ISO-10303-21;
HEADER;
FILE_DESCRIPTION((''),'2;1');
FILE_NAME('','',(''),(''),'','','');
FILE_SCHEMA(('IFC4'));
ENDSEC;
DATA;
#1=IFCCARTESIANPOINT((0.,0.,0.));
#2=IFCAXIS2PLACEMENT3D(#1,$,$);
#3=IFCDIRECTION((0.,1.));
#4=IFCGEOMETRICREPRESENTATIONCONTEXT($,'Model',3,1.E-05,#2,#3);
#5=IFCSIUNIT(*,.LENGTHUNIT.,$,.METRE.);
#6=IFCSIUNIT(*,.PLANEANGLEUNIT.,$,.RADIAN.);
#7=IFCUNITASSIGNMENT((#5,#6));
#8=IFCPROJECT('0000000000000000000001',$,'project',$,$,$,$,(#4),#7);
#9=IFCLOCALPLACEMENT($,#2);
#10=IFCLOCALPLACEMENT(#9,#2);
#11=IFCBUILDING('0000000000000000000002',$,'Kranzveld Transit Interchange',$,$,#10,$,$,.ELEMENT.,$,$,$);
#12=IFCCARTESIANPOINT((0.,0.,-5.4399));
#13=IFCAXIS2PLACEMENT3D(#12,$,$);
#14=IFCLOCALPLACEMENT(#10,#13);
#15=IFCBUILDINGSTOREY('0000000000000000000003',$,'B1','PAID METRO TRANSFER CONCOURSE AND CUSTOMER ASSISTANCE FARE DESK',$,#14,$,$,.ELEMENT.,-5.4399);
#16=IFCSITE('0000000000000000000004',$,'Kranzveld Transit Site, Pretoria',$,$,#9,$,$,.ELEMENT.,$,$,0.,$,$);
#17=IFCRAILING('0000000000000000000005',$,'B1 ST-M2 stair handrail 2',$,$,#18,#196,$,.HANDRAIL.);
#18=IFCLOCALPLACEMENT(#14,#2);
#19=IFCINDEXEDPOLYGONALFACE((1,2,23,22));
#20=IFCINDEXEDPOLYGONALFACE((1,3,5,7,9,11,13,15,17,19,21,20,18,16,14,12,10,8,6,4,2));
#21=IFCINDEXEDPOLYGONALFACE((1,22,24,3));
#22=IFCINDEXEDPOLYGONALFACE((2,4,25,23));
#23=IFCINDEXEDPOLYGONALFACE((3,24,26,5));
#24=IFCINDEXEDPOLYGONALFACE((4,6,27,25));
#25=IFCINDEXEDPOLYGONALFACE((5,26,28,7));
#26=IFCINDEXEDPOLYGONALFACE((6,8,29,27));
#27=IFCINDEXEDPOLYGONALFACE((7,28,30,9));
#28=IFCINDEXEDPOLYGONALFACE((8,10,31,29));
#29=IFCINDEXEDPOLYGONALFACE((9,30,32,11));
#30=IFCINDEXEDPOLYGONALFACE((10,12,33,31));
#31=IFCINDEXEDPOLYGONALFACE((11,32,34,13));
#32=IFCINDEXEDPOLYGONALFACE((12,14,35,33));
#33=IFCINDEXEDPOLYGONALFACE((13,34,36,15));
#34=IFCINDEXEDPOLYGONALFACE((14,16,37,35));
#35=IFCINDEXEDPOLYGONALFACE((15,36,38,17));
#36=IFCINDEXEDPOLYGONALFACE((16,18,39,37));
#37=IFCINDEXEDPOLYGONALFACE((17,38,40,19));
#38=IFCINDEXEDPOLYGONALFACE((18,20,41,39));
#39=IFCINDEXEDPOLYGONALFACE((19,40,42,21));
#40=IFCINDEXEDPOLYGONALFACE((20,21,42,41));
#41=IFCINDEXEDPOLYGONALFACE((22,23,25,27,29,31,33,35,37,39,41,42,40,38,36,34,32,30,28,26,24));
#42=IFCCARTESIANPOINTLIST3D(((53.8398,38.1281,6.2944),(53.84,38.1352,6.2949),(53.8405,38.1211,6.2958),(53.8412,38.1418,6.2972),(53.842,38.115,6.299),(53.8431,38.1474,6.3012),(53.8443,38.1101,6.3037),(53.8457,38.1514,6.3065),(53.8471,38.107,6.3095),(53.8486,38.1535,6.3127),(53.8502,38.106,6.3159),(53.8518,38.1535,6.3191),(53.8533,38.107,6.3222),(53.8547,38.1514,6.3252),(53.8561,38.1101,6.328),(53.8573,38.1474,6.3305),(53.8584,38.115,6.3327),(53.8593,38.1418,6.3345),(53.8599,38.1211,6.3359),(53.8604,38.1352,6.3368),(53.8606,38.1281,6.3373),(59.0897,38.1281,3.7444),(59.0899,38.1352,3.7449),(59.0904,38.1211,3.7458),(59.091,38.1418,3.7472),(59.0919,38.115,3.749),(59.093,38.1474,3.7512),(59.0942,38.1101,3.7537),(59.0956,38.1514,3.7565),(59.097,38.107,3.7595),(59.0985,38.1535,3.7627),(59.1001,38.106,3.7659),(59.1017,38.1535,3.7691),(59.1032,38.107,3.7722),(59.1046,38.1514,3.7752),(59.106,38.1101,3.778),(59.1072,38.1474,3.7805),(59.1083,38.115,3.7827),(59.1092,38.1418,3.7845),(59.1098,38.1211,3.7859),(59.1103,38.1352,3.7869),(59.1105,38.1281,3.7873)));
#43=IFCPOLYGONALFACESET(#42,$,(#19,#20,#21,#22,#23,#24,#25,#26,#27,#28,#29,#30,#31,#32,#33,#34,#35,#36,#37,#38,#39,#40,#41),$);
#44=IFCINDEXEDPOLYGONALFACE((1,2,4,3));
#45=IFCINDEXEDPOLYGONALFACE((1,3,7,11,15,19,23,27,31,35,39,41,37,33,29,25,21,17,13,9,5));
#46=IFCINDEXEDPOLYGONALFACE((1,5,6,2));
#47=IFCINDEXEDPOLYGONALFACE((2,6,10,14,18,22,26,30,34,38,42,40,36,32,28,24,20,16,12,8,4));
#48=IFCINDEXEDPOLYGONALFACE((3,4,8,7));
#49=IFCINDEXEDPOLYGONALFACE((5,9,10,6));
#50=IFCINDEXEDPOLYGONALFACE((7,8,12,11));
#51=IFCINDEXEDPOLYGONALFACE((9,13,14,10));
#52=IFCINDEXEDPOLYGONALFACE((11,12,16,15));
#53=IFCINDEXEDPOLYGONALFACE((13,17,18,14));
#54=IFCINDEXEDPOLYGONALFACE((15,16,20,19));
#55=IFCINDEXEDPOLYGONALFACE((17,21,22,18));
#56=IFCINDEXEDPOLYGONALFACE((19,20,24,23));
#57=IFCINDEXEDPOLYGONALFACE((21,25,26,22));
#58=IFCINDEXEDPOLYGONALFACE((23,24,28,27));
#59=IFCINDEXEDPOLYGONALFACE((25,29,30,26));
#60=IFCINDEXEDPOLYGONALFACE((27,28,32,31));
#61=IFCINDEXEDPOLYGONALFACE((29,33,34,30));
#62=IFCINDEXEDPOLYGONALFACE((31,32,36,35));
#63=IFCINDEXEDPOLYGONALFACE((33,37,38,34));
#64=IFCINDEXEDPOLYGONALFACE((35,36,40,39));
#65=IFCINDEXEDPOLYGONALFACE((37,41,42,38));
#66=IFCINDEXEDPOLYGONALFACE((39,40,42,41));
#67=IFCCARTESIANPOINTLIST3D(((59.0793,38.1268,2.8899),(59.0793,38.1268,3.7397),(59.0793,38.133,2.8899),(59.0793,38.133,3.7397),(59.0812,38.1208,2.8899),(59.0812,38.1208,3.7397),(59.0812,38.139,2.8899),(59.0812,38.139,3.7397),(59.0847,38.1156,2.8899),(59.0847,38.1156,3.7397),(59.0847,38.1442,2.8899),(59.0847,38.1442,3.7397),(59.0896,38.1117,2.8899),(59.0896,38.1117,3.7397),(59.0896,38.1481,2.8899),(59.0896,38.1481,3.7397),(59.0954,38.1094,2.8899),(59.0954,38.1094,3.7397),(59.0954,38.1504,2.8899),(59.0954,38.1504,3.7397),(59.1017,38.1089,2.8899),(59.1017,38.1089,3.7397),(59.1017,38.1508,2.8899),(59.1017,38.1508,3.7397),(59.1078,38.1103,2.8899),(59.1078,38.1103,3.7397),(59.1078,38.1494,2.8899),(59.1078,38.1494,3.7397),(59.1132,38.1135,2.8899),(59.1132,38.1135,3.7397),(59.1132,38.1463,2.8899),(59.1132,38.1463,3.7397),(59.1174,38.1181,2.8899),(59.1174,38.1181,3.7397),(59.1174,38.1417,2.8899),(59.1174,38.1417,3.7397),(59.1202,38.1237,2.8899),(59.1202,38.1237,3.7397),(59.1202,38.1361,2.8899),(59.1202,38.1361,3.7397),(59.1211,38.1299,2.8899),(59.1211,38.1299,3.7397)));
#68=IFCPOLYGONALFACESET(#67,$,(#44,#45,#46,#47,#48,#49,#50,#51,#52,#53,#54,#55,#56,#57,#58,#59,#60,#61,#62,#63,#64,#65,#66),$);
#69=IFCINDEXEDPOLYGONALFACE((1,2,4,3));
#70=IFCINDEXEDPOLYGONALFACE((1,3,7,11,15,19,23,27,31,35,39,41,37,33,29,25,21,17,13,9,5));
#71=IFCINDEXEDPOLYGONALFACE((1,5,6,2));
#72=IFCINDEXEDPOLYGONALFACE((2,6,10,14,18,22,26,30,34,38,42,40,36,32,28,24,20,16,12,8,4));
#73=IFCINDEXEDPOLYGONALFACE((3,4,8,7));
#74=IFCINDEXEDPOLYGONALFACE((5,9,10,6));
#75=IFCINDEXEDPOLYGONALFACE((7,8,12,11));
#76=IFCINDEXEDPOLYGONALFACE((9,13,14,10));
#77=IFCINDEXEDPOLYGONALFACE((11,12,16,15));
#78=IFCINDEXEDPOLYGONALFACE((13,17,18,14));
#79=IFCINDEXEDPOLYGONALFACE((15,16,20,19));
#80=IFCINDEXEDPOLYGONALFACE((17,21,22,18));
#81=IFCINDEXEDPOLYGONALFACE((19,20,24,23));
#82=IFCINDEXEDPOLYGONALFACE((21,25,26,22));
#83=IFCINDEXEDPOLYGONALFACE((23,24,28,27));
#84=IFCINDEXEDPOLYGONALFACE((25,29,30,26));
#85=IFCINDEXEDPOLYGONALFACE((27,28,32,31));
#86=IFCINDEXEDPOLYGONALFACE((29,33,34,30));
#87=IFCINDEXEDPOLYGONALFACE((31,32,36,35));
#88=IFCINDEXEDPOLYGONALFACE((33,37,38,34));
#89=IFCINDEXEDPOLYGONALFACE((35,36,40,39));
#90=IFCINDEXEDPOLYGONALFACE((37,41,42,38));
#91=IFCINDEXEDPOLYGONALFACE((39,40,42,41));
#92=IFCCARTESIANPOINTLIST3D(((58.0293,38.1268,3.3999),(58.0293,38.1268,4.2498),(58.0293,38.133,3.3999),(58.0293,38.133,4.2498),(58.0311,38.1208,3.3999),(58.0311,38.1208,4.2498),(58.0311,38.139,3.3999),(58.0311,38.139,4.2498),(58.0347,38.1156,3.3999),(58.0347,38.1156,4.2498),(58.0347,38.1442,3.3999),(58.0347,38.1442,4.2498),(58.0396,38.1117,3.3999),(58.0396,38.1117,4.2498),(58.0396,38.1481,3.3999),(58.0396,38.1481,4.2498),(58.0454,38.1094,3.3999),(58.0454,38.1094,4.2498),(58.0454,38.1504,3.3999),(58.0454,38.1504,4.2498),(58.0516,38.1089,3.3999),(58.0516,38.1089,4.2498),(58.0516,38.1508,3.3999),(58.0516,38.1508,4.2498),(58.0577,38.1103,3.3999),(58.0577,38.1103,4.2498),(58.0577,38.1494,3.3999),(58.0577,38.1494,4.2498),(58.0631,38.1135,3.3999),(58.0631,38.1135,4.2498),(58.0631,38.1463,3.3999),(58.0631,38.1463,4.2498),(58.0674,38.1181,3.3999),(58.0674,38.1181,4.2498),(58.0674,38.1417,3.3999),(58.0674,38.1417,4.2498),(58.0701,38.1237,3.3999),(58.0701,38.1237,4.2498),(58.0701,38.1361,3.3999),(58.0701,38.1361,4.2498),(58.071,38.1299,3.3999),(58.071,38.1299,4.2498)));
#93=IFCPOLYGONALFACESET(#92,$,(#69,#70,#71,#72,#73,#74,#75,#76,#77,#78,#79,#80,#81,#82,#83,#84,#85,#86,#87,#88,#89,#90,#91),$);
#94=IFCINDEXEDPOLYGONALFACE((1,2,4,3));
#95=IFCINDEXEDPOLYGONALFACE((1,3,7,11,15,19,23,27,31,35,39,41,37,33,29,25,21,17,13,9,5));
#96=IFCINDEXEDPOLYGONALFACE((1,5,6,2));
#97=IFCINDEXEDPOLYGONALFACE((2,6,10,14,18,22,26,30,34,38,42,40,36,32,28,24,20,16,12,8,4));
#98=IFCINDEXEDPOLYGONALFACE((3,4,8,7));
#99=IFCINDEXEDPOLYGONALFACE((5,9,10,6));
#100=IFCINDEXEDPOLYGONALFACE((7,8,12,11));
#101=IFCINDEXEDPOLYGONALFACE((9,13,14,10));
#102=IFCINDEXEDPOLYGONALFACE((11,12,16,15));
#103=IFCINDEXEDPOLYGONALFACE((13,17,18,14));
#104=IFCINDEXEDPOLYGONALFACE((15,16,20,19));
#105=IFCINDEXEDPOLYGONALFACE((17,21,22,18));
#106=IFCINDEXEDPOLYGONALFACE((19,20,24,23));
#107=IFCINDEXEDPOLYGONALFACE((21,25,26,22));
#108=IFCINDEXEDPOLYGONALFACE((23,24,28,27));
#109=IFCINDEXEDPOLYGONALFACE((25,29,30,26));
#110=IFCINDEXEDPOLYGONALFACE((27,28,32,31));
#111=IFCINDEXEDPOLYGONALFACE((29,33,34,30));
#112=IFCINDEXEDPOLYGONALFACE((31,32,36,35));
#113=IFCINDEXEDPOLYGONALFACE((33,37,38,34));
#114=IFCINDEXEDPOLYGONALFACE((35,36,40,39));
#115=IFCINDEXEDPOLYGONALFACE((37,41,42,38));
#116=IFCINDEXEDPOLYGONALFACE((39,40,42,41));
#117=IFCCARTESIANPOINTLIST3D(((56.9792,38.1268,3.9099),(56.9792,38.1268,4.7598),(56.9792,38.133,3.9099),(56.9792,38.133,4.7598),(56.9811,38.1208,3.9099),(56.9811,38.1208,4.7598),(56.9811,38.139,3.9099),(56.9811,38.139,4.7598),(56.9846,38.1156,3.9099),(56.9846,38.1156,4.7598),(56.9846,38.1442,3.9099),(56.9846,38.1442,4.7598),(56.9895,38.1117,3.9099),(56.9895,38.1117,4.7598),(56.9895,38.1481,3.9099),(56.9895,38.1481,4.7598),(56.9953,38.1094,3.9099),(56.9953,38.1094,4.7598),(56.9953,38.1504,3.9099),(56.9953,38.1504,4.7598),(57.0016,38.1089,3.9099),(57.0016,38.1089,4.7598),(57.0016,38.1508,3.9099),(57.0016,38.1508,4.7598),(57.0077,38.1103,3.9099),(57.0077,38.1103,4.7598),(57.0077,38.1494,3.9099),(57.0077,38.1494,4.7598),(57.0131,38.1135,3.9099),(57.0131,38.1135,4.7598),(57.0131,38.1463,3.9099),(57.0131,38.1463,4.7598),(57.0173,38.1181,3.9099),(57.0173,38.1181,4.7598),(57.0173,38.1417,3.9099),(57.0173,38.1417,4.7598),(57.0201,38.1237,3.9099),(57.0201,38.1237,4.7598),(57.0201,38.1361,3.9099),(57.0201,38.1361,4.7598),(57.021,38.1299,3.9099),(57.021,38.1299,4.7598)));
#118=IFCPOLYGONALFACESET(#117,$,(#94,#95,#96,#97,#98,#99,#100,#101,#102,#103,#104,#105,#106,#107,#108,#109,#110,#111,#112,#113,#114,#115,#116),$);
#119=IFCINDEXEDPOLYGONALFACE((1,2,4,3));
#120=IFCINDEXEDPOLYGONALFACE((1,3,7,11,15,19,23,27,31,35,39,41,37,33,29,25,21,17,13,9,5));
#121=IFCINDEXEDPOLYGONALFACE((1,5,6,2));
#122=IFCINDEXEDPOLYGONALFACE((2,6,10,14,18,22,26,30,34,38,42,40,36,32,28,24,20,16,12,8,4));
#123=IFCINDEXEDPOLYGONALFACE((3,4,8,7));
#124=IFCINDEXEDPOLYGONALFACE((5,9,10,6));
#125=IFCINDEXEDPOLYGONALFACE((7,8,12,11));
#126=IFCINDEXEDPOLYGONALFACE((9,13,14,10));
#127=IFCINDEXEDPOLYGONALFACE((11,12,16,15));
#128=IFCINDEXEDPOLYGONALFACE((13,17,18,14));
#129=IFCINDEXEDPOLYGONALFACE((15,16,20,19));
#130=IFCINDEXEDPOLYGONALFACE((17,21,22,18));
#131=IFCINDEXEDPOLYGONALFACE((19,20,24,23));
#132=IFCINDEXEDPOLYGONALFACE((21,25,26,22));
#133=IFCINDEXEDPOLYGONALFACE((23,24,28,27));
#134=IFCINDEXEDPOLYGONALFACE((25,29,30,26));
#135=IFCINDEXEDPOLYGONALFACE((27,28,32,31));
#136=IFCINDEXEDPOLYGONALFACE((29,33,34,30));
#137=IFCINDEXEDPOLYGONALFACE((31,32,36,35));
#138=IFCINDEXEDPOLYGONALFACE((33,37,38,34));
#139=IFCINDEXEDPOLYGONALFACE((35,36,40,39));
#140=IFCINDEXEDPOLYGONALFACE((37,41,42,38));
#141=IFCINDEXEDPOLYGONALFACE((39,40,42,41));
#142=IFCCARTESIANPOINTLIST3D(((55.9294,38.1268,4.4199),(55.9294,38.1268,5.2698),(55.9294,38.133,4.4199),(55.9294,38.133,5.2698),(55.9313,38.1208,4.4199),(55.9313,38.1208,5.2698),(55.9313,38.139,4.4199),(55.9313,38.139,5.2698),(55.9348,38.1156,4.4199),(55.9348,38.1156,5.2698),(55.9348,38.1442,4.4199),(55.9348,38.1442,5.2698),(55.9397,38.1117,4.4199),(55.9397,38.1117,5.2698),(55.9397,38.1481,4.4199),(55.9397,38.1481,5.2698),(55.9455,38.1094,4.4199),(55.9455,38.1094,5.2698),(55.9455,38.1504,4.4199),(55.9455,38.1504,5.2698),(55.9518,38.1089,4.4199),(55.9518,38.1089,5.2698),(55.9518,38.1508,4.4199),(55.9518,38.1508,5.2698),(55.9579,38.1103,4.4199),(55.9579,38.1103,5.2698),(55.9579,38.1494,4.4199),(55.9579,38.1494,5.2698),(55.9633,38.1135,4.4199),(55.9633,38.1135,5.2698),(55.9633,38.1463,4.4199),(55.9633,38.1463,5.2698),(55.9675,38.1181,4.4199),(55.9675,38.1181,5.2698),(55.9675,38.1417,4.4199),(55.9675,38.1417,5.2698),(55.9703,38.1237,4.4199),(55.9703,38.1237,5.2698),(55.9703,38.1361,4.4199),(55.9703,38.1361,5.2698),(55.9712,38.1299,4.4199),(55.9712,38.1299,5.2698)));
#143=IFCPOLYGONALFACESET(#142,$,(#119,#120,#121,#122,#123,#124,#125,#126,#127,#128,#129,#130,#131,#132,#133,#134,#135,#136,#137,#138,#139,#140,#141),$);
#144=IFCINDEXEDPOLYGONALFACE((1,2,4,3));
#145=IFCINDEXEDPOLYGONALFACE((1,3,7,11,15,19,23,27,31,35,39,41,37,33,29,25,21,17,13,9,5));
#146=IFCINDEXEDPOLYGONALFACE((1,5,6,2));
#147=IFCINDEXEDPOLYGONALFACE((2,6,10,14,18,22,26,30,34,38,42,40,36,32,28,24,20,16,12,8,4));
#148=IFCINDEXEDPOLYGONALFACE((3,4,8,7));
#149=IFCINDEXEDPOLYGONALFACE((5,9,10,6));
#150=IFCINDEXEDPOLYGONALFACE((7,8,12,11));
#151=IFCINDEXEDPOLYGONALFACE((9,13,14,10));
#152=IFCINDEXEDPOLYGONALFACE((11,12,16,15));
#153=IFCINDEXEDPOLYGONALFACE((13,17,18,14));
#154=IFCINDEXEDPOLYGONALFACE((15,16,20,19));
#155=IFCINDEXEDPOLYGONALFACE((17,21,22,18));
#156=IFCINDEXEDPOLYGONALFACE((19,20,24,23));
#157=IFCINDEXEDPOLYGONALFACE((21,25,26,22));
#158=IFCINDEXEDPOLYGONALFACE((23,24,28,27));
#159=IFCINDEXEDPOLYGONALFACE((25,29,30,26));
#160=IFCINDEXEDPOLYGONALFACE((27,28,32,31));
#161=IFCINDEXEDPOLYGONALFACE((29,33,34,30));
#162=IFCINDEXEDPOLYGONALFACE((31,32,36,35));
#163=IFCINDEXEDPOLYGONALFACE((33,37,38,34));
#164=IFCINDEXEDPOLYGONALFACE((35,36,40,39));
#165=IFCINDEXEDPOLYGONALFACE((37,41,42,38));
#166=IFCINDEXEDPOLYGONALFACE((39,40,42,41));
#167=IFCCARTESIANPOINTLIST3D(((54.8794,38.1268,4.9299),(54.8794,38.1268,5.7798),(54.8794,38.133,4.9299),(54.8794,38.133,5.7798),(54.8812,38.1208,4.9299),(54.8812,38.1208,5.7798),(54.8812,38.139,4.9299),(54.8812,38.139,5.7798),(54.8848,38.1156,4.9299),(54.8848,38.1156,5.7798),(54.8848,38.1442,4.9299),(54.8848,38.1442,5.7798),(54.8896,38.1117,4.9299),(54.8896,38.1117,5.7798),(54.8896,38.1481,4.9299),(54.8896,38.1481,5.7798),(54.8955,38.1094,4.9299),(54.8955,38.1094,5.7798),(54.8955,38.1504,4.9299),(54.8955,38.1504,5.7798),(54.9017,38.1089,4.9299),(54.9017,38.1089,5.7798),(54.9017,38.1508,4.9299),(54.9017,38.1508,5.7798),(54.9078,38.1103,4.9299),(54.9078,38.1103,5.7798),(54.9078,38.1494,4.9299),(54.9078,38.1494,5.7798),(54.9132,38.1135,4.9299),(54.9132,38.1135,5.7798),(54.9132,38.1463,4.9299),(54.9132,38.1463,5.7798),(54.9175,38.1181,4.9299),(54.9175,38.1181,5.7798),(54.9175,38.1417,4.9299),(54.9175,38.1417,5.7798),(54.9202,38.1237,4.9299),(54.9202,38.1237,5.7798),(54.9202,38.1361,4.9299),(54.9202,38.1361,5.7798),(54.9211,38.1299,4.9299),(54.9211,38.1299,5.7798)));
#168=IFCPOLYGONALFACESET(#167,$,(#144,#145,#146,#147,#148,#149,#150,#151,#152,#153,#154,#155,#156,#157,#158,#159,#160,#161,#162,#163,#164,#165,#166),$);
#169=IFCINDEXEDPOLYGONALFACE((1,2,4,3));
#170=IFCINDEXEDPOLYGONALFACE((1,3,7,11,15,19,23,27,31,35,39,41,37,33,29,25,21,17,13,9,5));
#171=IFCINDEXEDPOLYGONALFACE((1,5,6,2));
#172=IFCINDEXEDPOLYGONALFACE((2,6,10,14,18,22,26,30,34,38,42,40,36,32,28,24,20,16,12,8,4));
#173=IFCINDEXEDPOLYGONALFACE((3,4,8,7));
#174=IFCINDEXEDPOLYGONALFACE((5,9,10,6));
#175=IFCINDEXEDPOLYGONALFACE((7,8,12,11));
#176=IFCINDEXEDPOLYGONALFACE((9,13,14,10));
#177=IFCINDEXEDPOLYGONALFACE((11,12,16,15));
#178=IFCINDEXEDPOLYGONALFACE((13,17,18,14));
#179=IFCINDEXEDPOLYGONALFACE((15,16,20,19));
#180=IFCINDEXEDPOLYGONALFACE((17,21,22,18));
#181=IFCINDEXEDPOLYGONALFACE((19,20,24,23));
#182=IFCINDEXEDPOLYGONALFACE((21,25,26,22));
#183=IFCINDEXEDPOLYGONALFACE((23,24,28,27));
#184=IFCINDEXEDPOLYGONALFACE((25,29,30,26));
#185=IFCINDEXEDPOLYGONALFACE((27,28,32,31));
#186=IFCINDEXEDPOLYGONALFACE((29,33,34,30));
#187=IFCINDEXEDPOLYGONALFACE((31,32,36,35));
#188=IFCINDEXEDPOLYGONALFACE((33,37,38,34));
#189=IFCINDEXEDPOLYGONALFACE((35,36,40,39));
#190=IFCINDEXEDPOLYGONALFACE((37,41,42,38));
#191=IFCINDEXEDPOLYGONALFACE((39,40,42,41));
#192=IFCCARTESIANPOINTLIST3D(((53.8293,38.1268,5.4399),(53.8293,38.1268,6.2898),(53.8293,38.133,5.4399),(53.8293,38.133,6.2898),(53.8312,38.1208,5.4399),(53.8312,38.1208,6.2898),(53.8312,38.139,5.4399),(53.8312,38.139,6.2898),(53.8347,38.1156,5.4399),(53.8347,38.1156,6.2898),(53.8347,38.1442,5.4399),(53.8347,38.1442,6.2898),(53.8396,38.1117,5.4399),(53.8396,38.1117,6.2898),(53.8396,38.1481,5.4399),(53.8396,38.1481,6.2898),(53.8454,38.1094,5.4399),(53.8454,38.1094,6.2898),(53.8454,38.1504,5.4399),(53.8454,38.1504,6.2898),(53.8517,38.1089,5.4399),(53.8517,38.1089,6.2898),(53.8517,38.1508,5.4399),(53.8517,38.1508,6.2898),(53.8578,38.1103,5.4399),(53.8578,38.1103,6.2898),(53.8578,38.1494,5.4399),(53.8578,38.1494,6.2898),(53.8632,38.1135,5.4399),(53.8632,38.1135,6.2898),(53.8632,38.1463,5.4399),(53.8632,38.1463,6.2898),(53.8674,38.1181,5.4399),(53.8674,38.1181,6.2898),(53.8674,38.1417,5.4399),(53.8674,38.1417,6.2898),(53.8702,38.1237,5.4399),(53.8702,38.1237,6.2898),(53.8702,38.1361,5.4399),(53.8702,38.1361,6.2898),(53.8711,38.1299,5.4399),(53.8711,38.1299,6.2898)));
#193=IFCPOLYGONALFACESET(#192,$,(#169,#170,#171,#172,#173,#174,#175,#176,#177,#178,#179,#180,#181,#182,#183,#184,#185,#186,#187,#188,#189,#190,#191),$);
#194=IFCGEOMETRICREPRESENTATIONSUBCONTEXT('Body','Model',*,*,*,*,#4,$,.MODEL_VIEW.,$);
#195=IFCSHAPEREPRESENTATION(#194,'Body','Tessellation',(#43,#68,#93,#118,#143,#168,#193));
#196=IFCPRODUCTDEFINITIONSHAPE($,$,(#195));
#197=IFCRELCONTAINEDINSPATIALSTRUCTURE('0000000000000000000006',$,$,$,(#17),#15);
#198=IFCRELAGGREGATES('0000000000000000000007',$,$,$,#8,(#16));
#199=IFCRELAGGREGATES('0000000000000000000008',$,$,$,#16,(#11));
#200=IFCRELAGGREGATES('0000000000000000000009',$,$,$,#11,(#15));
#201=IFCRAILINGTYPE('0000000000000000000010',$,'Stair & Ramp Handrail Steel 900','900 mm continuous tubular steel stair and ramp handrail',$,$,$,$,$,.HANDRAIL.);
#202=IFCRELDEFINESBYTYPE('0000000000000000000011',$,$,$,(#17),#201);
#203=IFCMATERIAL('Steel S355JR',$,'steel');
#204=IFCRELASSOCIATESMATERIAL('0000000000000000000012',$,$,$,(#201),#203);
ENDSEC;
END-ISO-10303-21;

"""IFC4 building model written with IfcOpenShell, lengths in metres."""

from ifc_helpers import new_model, si_unit, direction, frame, origin, origin_2d, place, context, subcontext, project, spatial, circle, extrude, material, type_object, element, save


model = new_model("IFC4")

# Units and contexts
model_context = context("Model", 3, precision=1e-05, world=origin(), true_north=direction((0.0, 1.0)))
body_context = subcontext(model_context, "Body", "Model", "MODEL_VIEW")
ifc_project = project(units=[si_unit("LENGTHUNIT", "METRE"), si_unit("PLANEANGLEUNIT", "RADIAN")], contexts=[model_context])

# Site, building, storey
site_placement = place(None, origin())
site = spatial("IfcSite", under=ifc_project, at=site_placement, Name="Kranzveld Transit Site, Pretoria", CompositionType="ELEMENT", RefElevation=0.0)
building_placement = place(site_placement, origin())
building = spatial("IfcBuilding", under=site, at=building_placement, Name="Kranzveld Transit Interchange", CompositionType="ELEMENT")
storey_placement = place(building_placement, frame((0.0, 0.0, -5.4399)))
storey = spatial("IfcBuildingStorey", under=building, at=storey_placement, Name="B1", Description="PAID METRO TRANSFER CONCOURSE AND CUSTOMER ASSISTANCE FARE DESK", CompositionType="ELEMENT", Elevation=-5.4399)

# Railing
ifc_material_1 = material(Name="Steel S355JR", Category="steel")
railing_type_1 = type_object("IfcRailingType", Name="Stair & Ramp Handrail Steel 900", Description="900 mm continuous tubular steel stair and ramp handrail", PredefinedType="HANDRAIL", material=ifc_material_1)
railing_1_placement = place(storey_placement, frame((59.1001, 38.1299, 2.8899)))
element("IfcRailing", 1, at=railing_1_placement, inside=storey, type_object=railing_type_1, Name="B1 ST-M2 stair handrail 2", PredefinedType="HANDRAIL", context=body_context, shape_type="SweptSolid", body=[
    extrude(circle(Radius=0.0239, at=origin_2d()), frame((0.0, 0.0, 0.876), z_axis=(-0.899505, 0.0, 0.436911), x_axis=(0.0, -1.0, 0.0)), (0.0, 0.0, 1.0), 5.8364),
    extrude(circle(Radius=0.021, at=origin_2d()), origin(), (0.0, 0.0, 1.0), 0.8499),
    extrude(circle(Radius=0.021, at=origin_2d()), frame((-1.05, 0.0, 0.51)), (0.0, 0.0, 1.0), 0.8499),
    extrude(circle(Radius=0.021, at=origin_2d()), frame((-2.1001, 0.0, 1.02)), (0.0, 0.0, 1.0), 0.8499),
    extrude(circle(Radius=0.021, at=origin_2d()), frame((-3.1499, 0.0, 1.53)), (0.0, 0.0, 1.0), 0.8499),
    extrude(circle(Radius=0.021, at=origin_2d()), frame((-4.2, 0.0, 2.04)), (0.0, 0.0, 1.0), 0.8499),
    extrude(circle(Radius=0.021, at=origin_2d()), frame((-5.25, 0.0, 2.55)), (0.0, 0.0, 1.0), 0.8499),
])

save(model, "model.ifc")
